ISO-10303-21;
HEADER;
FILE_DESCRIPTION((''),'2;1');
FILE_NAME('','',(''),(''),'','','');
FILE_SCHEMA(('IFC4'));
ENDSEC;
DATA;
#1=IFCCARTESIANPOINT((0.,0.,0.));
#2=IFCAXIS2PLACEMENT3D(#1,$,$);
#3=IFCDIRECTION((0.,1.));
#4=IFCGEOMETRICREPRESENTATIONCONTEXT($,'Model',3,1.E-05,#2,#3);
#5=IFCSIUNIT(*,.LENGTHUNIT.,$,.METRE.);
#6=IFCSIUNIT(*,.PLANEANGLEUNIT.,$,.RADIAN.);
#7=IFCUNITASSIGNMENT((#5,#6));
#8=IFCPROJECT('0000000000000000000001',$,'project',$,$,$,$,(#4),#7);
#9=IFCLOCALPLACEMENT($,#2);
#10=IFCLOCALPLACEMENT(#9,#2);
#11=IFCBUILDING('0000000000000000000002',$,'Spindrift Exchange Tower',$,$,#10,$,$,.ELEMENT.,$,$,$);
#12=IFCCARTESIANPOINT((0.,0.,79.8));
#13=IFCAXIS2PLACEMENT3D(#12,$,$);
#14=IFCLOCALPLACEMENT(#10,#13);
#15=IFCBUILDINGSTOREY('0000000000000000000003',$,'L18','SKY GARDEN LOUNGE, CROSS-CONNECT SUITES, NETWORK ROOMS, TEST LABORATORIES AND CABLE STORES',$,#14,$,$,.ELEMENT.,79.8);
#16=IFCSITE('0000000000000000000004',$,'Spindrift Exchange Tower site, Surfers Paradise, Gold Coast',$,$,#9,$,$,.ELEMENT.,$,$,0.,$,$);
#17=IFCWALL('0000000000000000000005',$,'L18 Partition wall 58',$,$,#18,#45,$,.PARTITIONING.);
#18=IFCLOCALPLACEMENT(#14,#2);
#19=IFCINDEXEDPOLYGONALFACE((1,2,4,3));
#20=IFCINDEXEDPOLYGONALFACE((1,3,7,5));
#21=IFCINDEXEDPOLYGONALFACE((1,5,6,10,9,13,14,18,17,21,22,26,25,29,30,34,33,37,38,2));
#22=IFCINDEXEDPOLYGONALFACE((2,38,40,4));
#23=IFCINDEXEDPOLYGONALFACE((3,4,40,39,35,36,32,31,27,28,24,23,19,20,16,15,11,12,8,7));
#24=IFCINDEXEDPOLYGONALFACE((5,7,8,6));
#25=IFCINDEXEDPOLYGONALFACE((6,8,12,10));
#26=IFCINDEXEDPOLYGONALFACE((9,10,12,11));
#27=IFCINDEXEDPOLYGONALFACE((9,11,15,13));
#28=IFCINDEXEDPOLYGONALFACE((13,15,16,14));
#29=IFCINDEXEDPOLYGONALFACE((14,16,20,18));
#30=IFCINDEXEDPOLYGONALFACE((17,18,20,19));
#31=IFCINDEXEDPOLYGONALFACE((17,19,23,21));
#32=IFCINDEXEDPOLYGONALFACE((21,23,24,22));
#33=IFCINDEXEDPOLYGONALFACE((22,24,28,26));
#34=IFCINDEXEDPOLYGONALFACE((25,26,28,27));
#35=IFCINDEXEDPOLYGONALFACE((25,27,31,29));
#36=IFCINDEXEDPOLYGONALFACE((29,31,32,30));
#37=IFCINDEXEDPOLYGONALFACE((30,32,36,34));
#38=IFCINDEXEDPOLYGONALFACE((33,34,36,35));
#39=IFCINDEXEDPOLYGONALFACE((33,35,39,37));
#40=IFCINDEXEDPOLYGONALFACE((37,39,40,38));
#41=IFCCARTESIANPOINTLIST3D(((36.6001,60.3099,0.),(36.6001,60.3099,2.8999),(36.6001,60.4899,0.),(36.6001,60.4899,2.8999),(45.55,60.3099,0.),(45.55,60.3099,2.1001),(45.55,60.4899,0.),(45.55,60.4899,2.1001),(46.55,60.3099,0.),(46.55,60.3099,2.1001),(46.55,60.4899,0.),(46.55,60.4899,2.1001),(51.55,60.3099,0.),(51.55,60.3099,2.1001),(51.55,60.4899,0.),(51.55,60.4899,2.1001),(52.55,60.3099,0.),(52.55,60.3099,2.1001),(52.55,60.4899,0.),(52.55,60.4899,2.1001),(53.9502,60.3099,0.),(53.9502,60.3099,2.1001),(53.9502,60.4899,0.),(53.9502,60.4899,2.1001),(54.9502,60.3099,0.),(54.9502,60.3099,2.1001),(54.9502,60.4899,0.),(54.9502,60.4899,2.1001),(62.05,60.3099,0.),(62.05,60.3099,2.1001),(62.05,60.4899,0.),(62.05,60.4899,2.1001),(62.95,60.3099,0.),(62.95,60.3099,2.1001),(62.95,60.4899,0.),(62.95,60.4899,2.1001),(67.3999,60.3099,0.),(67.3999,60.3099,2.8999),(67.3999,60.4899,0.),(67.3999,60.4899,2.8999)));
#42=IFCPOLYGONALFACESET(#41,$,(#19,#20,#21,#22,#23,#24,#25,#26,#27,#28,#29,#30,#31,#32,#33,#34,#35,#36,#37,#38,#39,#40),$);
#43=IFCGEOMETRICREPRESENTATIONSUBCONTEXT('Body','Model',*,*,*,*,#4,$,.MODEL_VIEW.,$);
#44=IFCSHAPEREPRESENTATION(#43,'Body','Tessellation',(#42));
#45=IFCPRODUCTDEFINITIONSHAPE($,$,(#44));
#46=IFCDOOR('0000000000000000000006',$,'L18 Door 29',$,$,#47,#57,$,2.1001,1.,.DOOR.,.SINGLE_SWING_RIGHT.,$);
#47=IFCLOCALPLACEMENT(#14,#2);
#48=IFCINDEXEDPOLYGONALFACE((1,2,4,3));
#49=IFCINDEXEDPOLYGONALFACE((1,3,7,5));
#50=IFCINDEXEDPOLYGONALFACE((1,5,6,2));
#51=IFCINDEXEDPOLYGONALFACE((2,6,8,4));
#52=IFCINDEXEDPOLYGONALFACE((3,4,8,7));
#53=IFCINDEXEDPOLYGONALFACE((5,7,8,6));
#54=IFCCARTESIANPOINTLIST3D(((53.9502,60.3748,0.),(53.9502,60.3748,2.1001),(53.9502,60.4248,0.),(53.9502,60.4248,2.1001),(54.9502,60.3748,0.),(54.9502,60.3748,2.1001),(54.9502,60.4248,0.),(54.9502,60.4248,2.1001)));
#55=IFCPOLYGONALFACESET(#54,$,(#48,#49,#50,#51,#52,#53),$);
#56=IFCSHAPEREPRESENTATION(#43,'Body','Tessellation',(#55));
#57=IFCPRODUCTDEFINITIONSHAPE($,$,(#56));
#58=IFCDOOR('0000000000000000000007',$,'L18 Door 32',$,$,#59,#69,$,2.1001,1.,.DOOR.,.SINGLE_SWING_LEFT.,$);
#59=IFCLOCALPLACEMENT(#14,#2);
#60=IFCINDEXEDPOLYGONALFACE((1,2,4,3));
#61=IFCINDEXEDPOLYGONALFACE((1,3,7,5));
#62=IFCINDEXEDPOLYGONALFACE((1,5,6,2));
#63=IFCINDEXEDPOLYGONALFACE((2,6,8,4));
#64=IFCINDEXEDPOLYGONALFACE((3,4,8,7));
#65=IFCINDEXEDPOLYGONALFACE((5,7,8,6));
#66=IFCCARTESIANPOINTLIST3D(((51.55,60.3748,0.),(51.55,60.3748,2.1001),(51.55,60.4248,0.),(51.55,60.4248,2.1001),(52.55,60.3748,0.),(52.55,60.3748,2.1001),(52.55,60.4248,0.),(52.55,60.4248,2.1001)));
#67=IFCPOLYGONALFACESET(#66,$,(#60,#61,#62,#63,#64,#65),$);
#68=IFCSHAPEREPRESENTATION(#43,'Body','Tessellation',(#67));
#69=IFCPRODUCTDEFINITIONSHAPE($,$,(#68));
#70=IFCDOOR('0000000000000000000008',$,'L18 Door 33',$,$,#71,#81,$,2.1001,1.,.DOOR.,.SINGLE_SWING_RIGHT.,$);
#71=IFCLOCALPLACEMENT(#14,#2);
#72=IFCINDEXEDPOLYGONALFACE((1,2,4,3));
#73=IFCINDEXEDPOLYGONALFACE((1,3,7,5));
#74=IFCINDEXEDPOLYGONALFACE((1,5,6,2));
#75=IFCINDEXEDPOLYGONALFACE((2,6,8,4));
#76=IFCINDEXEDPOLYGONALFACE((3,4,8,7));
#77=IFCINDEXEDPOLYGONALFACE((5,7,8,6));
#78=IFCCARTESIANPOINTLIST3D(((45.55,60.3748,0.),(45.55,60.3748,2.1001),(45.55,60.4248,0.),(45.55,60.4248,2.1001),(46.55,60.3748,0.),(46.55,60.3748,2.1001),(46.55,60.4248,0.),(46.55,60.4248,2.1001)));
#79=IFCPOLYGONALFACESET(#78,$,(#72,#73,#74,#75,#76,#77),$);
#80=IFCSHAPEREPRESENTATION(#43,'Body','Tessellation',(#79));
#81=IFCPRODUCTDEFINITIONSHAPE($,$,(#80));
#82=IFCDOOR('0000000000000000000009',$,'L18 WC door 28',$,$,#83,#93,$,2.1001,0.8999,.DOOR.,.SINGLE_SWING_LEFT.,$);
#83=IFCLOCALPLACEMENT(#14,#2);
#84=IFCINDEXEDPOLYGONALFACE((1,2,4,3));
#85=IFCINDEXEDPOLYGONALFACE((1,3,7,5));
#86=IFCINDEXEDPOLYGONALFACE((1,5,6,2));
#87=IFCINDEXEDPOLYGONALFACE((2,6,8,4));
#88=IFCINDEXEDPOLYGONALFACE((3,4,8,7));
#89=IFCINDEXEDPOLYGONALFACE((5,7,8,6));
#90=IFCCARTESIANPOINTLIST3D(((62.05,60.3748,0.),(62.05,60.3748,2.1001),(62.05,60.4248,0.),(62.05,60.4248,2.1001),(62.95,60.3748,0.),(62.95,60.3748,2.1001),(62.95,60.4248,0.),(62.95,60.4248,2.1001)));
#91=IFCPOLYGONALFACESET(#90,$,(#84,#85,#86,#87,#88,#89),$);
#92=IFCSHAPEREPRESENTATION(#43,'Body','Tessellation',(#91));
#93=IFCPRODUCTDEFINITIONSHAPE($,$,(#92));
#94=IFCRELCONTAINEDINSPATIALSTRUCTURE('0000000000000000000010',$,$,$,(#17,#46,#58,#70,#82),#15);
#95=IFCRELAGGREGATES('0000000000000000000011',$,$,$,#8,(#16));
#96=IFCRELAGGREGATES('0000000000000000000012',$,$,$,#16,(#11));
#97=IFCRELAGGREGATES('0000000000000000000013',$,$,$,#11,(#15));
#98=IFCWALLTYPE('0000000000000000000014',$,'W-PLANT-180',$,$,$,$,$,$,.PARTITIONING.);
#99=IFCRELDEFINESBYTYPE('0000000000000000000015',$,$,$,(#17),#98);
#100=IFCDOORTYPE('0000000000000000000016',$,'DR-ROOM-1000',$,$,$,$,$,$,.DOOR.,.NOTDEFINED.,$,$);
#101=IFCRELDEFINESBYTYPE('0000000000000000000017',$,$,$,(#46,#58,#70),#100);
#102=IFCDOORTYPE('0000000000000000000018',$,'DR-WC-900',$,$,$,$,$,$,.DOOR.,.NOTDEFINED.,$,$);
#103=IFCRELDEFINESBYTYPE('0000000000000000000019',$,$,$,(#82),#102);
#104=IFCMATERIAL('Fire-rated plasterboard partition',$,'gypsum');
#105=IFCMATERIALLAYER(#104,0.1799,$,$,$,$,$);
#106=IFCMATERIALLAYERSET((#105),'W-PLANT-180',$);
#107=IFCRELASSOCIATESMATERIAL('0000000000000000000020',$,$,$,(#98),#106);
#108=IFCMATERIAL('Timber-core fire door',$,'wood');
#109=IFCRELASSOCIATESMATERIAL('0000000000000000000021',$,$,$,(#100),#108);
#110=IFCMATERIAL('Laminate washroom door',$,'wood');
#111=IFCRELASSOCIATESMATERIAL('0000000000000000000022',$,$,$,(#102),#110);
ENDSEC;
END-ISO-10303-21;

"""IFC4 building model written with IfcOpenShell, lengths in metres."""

from ifc_helpers import new_model, si_unit, direction, frame, frame_2d, origin, place, context, subcontext, project, spatial, rectangle, extrude, source, transform, mapped, material, layer, layer_set, type_object, element, fill, save


model = new_model("IFC4")

# Units and contexts
model_context = context("Model", 3, precision=1e-05, world=origin(), true_north=direction((0.0, 1.0)))
body_context = subcontext(model_context, "Body", "Model", "MODEL_VIEW")
ifc_project = project(units=[si_unit("LENGTHUNIT", "METRE"), si_unit("PLANEANGLEUNIT", "RADIAN")], contexts=[model_context])

# Site, building, storey
site_placement = place(None, origin())
site = spatial("IfcSite", under=ifc_project, at=site_placement, Name="Spindrift Exchange Tower site, Surfers Paradise, Gold Coast", CompositionType="ELEMENT", RefElevation=0.0)
building_placement = place(site_placement, origin())
building = spatial("IfcBuilding", under=site, at=building_placement, Name="Spindrift Exchange Tower", CompositionType="ELEMENT")
storey_placement = place(building_placement, frame((0.0, 0.0, 79.8)))
storey = spatial("IfcBuildingStorey", under=building, at=storey_placement, Name="L18", Description="SKY GARDEN LOUNGE, CROSS-CONNECT SUITES, NETWORK ROOMS, TEST LABORATORIES AND CABLE STORES", CompositionType="ELEMENT", Elevation=79.8)

# Shared definitions
ifc_material_1 = material(Name="Timber-core fire door", Category="wood")

# Shared definitions
ifc_material_2 = material(Name="Fire-rated plasterboard partition", Category="gypsum")

# Wall, openings, doors
ifc_layer_1 = layer(ifc_material_2, 0.1799)
ifc_layer_set_1 = layer_set([ifc_layer_1], Name="W-PLANT-180")
wall_type_1 = type_object("IfcWallType", Name="W-PLANT-180", PredefinedType="PARTITIONING", material=ifc_layer_set_1)
wall_1_placement = place(storey_placement, frame((36.6001, 60.3999, 0.0), z_axis=(0.0, 0.0, 1.0), x_axis=(1.0, 0.0, 0.0)))
wall_1 = element("IfcWall", 1, at=wall_1_placement, inside=storey, type_object=wall_type_1, Name="L18 Partition wall 58", PredefinedType="PARTITIONING", context=body_context, shape_type="SweptSolid", body=[
    extrude(rectangle(XDim=30.7998, YDim=0.1799, at=frame_2d((15.3999, 0.0))), origin(), (0.0, 0.0, 1.0), 2.8999),
])
opening_1_placement = place(wall_1_placement, frame((25.45, 0.0, 0.0)))
opening_1 = element("IfcOpeningElement", 2, at=opening_1_placement, cuts=wall_1, PredefinedType="OPENING", context=body_context, shape_type="SweptSolid", body=[
    extrude(rectangle(XDim=0.8999, YDim=2.1001, at=frame_2d((0.45, 1.05))), frame((0.0, 0.0999, 0.0), z_axis=(0.0, -1.0, 0.0), x_axis=(1.0, 0.0, 0.0)), (0.0, 0.0, 1.0), 0.2),
])
opening_2_placement = place(wall_1_placement, frame((17.3501, 0.0, 0.0)))
opening_2 = element("IfcOpeningElement", 3, at=opening_2_placement, cuts=wall_1, PredefinedType="OPENING", context=body_context, shape_type="SweptSolid", body=[
    extrude(rectangle(XDim=1.0, YDim=2.1001, at=frame_2d((0.5, 1.05))), frame((0.0, 0.0999, 0.0), z_axis=(0.0, -1.0, 0.0), x_axis=(1.0, 0.0, 0.0)), (0.0, 0.0, 1.0), 0.2),
])
opening_3_placement = place(wall_1_placement, frame((14.95, 0.0, 0.0)))
opening_3 = element("IfcOpeningElement", 4, at=opening_3_placement, cuts=wall_1, PredefinedType="OPENING", context=body_context, shape_type="SweptSolid", body=[
    extrude(rectangle(XDim=1.0, YDim=2.1001, at=frame_2d((0.5, 1.05))), frame((0.0, 0.0999, 0.0), z_axis=(0.0, -1.0, 0.0), x_axis=(1.0, 0.0, 0.0)), (0.0, 0.0, 1.0), 0.2),
])
opening_4_placement = place(wall_1_placement, frame((8.95, 0.0, 0.0)))
opening_4 = element("IfcOpeningElement", 5, at=opening_4_placement, cuts=wall_1, PredefinedType="OPENING", context=body_context, shape_type="SweptSolid", body=[
    extrude(rectangle(XDim=1.0, YDim=2.1001, at=frame_2d((0.5, 1.05))), frame((0.0, 0.0999, 0.0), z_axis=(0.0, -1.0, 0.0), x_axis=(1.0, 0.0, 0.0)), (0.0, 0.0, 1.0), 0.2),
])
door_type_1 = type_object("IfcDoorType", Name="DR-ROOM-1000", OperationType="NOTDEFINED", PredefinedType="DOOR", material=ifc_material_1)
shared_shape_1 = source(origin(), body_context, "Body", "SweptSolid", [
    extrude(rectangle(XDim=1.0, YDim=2.1001, at=frame_2d((0.5, 1.05))), frame((0.0, 0.0249, 0.0), z_axis=(0.0, -1.0, 0.0), x_axis=(1.0, 0.0, 0.0)), (0.0, 0.0, 1.0), 0.05),
])
door_1_placement = place(opening_2_placement, origin())
door_1 = element("IfcDoor", 6, at=door_1_placement, inside=storey, type_object=door_type_1, Name="L18 Door 29", OperationType="SINGLE_SWING_RIGHT", OverallHeight=2.1001, OverallWidth=1.0, PredefinedType="DOOR", context=body_context, shape_type="MappedRepresentation", body=[
    mapped(shared_shape_1, transform((0.0, 0.0, 0.0), scale=1.0)),
])
fill(opening_2, door_1)
door_2_placement = place(opening_3_placement, origin())
door_2 = element("IfcDoor", 7, at=door_2_placement, inside=storey, type_object=door_type_1, Name="L18 Door 32", OperationType="SINGLE_SWING_LEFT", OverallHeight=2.1001, OverallWidth=1.0, PredefinedType="DOOR", context=body_context, shape_type="MappedRepresentation", body=[
    mapped(shared_shape_1, transform((0.0, 0.0, 0.0), scale=1.0)),
])
fill(opening_3, door_2)
door_3_placement = place(opening_4_placement, origin())
door_3 = element("IfcDoor", 8, at=door_3_placement, inside=storey, type_object=door_type_1, Name="L18 Door 33", OperationType="SINGLE_SWING_RIGHT", OverallHeight=2.1001, OverallWidth=1.0, PredefinedType="DOOR", context=body_context, shape_type="MappedRepresentation", body=[
    mapped(shared_shape_1, transform((0.0, 0.0, 0.0), scale=1.0)),
])
fill(opening_4, door_3)
ifc_material_3 = material(Name="Laminate washroom door", Category="wood")
door_type_2 = type_object("IfcDoorType", Name="DR-WC-900", OperationType="NOTDEFINED", PredefinedType="DOOR", material=ifc_material_3)
shared_shape_2 = source(origin(), body_context, "Body", "SweptSolid", [
    extrude(rectangle(XDim=0.8999, YDim=2.1001, at=frame_2d((0.45, 1.05))), frame((0.0, 0.0249, 0.0), z_axis=(0.0, -1.0, 0.0), x_axis=(1.0, 0.0, 0.0)), (0.0, 0.0, 1.0), 0.05),
])
door_4_placement = place(opening_1_placement, origin())
door_4 = element("IfcDoor", 9, at=door_4_placement, inside=storey, type_object=door_type_2, Name="L18 WC door 28", OperationType="SINGLE_SWING_LEFT", OverallHeight=2.1001, OverallWidth=0.8999, PredefinedType="DOOR", context=body_context, shape_type="MappedRepresentation", body=[
    mapped(shared_shape_2, transform((0.0, 0.0, 0.0), scale=1.0)),
])
fill(opening_1, door_4)

save(model, "model.ifc")
